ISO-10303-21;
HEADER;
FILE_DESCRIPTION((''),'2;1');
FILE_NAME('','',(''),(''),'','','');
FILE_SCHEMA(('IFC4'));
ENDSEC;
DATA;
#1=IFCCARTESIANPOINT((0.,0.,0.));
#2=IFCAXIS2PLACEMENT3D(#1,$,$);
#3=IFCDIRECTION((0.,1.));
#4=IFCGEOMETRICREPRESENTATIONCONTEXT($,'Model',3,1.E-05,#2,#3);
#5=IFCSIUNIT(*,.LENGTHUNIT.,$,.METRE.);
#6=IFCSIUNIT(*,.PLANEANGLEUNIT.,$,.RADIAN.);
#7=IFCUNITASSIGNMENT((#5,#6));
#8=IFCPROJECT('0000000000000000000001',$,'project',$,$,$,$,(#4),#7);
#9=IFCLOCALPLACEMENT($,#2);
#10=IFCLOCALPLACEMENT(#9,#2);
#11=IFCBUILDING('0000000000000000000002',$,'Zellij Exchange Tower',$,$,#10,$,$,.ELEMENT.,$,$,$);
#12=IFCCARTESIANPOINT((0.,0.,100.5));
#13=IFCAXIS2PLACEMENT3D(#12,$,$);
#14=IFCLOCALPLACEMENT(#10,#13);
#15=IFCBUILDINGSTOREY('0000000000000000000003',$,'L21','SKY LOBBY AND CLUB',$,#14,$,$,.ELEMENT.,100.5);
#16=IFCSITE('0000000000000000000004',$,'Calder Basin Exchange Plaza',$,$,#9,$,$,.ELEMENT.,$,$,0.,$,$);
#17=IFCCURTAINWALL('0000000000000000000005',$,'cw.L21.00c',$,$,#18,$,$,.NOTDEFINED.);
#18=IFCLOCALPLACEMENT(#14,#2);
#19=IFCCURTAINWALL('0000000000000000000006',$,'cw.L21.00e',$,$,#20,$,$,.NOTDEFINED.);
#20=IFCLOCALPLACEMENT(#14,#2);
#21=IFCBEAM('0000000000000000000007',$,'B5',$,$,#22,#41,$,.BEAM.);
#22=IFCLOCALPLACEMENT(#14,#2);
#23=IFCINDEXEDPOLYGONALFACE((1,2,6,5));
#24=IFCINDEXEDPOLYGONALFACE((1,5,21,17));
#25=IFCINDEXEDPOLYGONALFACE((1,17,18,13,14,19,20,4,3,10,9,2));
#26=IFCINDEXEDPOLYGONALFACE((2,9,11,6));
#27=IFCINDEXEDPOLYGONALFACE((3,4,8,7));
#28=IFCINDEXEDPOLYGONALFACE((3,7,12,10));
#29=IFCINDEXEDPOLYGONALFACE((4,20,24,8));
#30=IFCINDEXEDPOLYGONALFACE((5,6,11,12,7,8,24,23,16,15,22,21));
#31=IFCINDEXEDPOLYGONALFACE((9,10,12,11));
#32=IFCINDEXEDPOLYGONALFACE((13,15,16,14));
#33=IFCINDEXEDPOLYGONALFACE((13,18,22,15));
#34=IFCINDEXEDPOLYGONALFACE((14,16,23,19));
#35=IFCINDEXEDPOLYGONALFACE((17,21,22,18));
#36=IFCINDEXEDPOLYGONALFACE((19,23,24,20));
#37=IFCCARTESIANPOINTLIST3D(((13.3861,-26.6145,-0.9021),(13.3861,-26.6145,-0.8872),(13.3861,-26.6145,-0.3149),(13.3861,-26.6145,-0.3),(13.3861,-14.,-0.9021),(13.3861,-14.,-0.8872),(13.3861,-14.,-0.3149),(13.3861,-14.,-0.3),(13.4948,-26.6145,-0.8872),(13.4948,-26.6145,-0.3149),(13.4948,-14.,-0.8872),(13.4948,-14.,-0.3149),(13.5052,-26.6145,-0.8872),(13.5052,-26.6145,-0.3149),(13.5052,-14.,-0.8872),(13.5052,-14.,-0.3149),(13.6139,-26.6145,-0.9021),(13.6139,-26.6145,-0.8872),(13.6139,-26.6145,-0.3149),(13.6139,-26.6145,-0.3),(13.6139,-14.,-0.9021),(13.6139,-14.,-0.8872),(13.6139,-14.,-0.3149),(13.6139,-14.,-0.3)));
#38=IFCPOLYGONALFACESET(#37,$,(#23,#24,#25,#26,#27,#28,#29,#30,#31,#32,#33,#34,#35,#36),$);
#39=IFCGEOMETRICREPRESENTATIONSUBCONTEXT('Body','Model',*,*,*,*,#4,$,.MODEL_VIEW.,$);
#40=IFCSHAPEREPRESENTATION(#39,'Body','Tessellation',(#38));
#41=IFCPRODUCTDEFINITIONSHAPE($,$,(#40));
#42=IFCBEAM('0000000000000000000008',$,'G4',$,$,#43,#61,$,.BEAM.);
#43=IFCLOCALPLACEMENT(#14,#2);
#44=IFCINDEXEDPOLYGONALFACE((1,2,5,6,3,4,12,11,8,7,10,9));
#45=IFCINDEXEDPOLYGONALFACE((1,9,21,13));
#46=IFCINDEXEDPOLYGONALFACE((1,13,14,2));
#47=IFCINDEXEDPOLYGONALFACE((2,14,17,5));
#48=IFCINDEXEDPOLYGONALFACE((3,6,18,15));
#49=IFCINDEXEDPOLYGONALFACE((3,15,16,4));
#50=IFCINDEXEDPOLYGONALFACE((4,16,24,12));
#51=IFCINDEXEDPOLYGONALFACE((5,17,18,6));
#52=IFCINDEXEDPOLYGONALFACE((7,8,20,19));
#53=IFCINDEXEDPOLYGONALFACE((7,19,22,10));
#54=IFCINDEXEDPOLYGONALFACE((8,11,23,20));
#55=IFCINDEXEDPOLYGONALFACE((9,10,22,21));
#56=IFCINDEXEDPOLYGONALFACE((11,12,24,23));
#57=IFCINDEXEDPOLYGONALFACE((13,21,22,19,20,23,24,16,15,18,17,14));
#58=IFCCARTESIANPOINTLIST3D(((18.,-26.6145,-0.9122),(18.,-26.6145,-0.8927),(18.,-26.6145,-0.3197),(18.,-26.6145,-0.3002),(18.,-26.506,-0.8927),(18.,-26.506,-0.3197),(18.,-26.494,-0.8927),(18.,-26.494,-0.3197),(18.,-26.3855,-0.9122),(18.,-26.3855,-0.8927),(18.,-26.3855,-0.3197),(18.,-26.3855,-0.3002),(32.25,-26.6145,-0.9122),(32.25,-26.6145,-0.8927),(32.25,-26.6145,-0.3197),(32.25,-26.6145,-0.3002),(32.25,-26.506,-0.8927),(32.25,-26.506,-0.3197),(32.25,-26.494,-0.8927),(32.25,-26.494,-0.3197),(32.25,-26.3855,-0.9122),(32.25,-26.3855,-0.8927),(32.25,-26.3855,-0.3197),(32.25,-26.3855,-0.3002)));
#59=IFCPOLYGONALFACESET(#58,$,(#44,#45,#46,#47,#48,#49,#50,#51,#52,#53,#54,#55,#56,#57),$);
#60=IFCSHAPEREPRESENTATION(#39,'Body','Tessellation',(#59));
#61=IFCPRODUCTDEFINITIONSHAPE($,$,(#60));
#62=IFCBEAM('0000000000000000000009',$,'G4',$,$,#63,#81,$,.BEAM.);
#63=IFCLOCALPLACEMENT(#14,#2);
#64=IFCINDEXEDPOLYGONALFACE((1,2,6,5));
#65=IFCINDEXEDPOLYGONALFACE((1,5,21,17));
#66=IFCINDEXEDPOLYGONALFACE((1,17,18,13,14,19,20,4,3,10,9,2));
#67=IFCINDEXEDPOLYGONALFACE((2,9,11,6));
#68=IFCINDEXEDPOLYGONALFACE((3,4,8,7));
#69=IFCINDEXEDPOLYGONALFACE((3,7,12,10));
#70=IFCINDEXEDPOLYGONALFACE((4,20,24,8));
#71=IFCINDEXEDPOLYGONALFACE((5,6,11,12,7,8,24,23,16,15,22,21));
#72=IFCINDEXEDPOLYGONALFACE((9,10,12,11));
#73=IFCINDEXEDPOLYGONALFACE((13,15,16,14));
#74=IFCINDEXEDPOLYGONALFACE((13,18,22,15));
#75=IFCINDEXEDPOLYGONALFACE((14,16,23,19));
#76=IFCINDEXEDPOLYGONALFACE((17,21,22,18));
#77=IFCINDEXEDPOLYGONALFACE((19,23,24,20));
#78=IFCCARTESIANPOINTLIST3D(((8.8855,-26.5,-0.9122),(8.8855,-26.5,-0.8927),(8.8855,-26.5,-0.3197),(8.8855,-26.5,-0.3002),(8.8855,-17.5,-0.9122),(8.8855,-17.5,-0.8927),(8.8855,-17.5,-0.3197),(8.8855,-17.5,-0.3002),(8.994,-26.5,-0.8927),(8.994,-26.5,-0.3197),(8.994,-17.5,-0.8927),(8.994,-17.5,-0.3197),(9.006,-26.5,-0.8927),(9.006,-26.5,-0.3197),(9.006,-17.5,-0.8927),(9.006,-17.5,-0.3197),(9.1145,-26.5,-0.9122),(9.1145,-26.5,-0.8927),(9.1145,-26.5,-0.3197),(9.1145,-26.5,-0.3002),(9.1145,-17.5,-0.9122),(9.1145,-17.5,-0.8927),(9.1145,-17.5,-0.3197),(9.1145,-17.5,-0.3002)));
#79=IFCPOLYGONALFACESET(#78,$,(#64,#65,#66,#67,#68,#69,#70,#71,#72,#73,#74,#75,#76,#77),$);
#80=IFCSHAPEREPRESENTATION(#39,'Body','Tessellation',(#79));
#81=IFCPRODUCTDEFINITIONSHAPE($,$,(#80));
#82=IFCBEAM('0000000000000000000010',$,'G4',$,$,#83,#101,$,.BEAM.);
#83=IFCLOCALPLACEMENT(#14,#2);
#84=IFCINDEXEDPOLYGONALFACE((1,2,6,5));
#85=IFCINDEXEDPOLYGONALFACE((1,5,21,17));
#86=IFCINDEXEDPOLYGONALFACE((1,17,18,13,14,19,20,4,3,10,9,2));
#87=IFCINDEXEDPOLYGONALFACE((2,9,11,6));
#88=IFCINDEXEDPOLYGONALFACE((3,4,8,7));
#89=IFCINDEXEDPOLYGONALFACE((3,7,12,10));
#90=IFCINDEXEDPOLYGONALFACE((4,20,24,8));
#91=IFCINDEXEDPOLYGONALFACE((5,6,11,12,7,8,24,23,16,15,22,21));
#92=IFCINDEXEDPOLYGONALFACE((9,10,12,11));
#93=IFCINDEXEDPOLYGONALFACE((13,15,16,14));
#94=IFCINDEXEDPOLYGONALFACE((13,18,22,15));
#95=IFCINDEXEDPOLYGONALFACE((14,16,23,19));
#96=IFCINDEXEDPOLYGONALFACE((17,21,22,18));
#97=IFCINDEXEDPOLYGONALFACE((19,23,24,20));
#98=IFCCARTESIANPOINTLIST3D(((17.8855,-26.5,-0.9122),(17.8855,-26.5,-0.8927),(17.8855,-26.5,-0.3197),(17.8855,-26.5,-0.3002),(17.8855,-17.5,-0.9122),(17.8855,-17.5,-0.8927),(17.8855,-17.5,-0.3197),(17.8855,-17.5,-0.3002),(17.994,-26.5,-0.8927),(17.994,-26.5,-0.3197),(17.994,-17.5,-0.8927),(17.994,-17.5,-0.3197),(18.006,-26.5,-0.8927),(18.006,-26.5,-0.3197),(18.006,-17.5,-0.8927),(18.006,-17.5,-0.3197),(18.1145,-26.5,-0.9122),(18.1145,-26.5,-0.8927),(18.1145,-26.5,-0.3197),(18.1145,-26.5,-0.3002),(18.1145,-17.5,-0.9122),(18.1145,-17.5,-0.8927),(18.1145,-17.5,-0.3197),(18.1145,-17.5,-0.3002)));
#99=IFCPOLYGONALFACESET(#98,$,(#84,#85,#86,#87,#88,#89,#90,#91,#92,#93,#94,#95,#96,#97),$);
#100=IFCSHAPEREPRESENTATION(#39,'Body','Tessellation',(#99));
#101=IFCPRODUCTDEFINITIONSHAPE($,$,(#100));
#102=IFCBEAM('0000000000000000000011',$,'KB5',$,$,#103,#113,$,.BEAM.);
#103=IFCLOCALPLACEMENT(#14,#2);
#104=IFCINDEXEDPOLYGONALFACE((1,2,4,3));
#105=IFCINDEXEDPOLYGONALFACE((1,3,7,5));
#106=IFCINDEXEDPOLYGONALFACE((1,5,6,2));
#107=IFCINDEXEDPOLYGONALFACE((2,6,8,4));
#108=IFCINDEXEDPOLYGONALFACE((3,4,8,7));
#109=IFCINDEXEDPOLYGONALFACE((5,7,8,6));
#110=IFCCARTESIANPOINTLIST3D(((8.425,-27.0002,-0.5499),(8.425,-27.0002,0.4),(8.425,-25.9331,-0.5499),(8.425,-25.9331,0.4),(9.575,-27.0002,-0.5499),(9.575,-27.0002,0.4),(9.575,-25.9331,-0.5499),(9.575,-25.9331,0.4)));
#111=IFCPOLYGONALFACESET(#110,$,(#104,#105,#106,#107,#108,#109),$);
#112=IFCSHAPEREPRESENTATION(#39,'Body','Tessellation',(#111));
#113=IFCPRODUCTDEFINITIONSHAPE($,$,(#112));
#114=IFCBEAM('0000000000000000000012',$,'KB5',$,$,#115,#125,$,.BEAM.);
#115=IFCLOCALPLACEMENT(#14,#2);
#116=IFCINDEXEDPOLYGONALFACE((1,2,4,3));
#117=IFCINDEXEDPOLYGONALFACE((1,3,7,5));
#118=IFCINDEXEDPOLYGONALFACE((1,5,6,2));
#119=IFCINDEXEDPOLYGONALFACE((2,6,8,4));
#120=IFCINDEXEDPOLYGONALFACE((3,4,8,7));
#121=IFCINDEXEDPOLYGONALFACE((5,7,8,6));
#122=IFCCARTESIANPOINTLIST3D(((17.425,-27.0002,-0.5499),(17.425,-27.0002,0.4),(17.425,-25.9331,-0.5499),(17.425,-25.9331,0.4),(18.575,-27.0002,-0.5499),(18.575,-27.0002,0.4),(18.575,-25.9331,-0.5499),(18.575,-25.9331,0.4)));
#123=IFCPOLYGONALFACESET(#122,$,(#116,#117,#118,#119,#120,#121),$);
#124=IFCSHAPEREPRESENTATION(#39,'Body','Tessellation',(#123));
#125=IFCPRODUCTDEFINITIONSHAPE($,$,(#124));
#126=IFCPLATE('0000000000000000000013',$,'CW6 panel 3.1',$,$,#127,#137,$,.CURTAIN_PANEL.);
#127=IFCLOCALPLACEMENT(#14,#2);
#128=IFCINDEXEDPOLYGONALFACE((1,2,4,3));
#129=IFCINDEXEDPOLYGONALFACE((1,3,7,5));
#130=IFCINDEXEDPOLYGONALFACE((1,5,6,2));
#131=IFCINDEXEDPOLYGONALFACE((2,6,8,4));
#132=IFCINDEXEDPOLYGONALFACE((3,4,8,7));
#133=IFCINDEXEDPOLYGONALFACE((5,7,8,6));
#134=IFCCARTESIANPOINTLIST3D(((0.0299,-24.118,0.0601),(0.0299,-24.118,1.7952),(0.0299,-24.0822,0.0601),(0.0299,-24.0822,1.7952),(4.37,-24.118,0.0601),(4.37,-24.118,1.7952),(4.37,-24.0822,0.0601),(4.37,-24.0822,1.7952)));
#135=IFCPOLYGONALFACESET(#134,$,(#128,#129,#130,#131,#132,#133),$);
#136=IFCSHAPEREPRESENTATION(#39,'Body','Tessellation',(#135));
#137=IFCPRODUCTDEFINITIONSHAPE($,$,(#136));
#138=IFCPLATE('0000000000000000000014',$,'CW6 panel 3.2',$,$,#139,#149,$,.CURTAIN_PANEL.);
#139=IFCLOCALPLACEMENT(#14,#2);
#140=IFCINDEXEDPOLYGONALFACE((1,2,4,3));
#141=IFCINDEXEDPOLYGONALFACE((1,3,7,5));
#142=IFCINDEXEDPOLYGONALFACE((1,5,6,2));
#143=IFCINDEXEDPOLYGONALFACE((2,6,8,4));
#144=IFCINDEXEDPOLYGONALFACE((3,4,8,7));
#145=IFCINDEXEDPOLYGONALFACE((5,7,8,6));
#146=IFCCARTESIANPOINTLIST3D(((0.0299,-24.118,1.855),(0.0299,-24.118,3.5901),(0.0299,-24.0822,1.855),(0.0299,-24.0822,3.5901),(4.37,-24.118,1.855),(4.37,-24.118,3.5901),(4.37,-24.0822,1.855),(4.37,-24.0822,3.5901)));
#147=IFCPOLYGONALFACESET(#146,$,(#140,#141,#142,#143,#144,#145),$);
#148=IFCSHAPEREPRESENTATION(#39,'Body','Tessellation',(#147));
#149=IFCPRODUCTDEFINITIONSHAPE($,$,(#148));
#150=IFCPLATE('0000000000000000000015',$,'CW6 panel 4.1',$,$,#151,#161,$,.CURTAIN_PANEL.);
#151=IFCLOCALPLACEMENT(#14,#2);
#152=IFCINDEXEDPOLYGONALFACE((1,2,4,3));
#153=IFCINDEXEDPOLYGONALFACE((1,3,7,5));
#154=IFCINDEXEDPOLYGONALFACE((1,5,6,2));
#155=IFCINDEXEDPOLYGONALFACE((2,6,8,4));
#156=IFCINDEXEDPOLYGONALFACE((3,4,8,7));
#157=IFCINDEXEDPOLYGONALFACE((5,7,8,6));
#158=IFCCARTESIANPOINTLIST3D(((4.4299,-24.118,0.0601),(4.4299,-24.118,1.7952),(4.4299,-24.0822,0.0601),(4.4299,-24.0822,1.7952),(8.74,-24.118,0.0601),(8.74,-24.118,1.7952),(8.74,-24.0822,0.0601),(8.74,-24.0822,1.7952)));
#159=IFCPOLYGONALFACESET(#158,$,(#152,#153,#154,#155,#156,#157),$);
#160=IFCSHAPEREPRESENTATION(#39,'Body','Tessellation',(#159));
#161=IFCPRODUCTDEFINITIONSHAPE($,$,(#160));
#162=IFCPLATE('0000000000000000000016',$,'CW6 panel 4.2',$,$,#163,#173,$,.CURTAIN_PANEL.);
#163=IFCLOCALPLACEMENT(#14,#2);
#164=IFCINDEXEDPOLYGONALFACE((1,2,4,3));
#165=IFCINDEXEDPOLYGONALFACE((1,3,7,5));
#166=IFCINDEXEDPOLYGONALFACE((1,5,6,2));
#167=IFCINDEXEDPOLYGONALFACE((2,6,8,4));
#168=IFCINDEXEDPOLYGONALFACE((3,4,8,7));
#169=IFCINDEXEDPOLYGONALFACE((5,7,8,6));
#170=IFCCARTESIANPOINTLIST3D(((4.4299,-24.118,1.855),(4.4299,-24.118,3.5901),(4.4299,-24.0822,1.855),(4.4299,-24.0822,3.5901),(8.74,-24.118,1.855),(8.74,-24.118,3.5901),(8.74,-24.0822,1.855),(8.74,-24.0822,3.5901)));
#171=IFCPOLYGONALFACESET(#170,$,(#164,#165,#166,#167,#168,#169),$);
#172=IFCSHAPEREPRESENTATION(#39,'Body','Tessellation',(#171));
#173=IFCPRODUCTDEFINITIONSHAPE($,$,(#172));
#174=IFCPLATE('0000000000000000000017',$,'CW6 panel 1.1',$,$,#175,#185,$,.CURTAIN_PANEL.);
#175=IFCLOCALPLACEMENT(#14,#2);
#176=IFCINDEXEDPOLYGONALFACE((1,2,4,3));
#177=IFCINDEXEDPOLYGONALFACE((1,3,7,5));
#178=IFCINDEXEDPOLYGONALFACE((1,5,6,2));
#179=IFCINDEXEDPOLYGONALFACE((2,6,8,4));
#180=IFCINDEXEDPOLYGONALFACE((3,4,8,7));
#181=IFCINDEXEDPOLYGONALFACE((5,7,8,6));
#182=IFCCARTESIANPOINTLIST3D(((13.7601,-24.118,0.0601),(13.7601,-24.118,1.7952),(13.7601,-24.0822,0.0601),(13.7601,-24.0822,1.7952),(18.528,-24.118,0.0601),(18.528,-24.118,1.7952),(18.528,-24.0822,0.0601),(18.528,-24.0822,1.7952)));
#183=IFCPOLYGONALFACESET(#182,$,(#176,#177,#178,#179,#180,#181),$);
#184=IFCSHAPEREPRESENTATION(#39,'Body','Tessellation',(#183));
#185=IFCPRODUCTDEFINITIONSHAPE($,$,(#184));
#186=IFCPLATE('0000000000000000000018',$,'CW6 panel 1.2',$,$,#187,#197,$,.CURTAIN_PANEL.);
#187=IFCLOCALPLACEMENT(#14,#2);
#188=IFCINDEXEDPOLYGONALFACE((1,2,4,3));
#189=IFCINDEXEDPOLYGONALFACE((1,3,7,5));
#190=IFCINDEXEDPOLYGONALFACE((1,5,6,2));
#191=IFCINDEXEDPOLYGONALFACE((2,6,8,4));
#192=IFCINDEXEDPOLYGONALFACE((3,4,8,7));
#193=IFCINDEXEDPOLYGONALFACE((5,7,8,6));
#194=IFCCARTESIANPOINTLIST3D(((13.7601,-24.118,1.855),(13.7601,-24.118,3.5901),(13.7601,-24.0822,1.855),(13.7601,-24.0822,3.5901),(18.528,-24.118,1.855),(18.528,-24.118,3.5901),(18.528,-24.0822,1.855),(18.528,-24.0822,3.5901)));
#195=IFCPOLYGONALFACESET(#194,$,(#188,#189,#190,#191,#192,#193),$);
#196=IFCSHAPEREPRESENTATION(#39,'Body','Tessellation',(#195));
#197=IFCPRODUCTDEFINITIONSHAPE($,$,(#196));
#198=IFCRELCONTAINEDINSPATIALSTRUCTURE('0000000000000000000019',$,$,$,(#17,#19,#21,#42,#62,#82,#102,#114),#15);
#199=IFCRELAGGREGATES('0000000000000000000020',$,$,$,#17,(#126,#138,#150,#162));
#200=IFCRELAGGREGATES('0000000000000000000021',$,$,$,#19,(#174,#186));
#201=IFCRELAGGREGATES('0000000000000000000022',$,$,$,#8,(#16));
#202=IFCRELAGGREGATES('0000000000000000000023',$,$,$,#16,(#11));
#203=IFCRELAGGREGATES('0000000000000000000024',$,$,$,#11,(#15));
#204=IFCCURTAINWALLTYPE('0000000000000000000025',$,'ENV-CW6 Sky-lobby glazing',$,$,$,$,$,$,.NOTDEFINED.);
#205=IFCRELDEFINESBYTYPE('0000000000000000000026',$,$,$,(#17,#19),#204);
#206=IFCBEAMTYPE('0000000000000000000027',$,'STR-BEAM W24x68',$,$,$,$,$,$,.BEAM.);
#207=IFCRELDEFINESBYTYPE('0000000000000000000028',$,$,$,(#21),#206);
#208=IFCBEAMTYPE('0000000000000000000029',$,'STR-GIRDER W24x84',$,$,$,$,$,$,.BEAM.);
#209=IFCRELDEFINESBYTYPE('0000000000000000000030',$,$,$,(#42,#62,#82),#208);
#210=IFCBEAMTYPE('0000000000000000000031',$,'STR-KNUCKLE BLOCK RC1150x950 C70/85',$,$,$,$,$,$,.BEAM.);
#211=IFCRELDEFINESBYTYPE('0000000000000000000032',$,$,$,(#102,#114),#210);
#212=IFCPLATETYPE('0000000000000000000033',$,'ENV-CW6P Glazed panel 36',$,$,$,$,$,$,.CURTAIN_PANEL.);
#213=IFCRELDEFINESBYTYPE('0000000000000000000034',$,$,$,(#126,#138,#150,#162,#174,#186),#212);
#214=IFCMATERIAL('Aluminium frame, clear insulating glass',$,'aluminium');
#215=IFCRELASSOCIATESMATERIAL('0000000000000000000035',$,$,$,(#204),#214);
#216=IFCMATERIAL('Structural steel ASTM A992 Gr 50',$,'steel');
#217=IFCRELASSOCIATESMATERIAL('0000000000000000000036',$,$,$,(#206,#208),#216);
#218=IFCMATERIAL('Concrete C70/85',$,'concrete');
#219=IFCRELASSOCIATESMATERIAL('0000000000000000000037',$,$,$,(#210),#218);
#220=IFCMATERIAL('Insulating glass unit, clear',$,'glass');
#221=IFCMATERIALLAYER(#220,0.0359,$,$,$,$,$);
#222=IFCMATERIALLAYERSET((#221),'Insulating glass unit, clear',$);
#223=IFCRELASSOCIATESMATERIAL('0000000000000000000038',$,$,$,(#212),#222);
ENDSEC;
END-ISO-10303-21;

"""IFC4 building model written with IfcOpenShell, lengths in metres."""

from ifc_helpers import new_model, si_unit, direction, frame, origin, origin_2d, place, context, subcontext, project, spatial, rectangle, i_section, extrude, material, layer, layer_set, material_profile, profile_set, type_object, element, aggregate, save


model = new_model("IFC4")

# Units and contexts
model_context = context("Model", 3, precision=1e-05, world=origin(), true_north=direction((0.0, 1.0)))
body_context = subcontext(model_context, "Body", "Model", "MODEL_VIEW")
ifc_project = project(units=[si_unit("LENGTHUNIT", "METRE"), si_unit("PLANEANGLEUNIT", "RADIAN")], contexts=[model_context])

# Site, building, storey
site_placement = place(None, origin())
site = spatial("IfcSite", under=ifc_project, at=site_placement, Name="Calder Basin Exchange Plaza", CompositionType="ELEMENT", RefElevation=0.0)
building_placement = place(site_placement, origin())
building = spatial("IfcBuilding", under=site, at=building_placement, Name="Zellij Exchange Tower", CompositionType="ELEMENT")
storey_placement = place(building_placement, frame((0.0, 0.0, 100.5)))
storey = spatial("IfcBuildingStorey", under=building, at=storey_placement, Name="L21", Description="SKY LOBBY AND CLUB", CompositionType="ELEMENT", Elevation=100.5)

# Shared definitions
ifc_material_1 = material(Name="Concrete C70/85", Category="concrete")

# Curtain wall
ifc_material_2 = material(Name="Aluminium frame, clear insulating glass", Category="aluminium")
curtain_wall_type = type_object("IfcCurtainWallType", Name="ENV-CW6 Sky-lobby glazing", PredefinedType="NOTDEFINED", material=ifc_material_2)
curtain_wall_1_placement = place(storey_placement, origin())
curtain_wall_1 = element("IfcCurtainWall", 1, at=curtain_wall_1_placement, inside=storey, type_object=curtain_wall_type, Name="cw.L21.00c", PredefinedType="NOTDEFINED")

# Curtain wall
curtain_wall_2_placement = place(storey_placement, origin())
curtain_wall_2 = element("IfcCurtainWall", 2, at=curtain_wall_2_placement, inside=storey, type_object=curtain_wall_type, Name="cw.L21.00e", PredefinedType="NOTDEFINED")

# Beams
ifc_material_3 = material(Name="Structural steel ASTM A992 Gr 50", Category="steel")
ifc_material_profile_1 = material_profile(ifc_material_3, i_section(OverallWidth=0.2278, OverallDepth=0.6021, WebThickness=0.0105, FlangeThickness=0.0149, at=origin_2d()), Name="W24x68")
ifc_profile_set_1 = profile_set([ifc_material_profile_1], Name="Structural steel ASTM A992 Gr 50")
beam_type_1 = type_object("IfcBeamType", Name="STR-BEAM W24x68", PredefinedType="BEAM", material=ifc_profile_set_1)
for number, where, z_axis, x_axis, name in (
    (3, (13.5, -26.6145, -0.6011), (0.0, 1.0, 0.0), (-1.0, 0.0, 0.0), "B5"),
):
    element("IfcBeam", number, at=place(storey_placement, frame(where, z_axis=z_axis, x_axis=x_axis)), inside=storey, type_object=beam_type_1, Name=name, PredefinedType="BEAM", context=body_context, shape_type="SweptSolid", body=[
        extrude(i_section(OverallWidth=0.2278, OverallDepth=0.6021, WebThickness=0.0105, FlangeThickness=0.0149, at=origin_2d()), origin(), (0.0, 0.0, 1.0), 12.6145),
    ])
ifc_material_profile_2 = material_profile(ifc_material_3, i_section(OverallWidth=0.229, OverallDepth=0.6121, WebThickness=0.012, FlangeThickness=0.0195, at=origin_2d()), Name="W24x84")
ifc_profile_set_2 = profile_set([ifc_material_profile_2], Name="Structural steel ASTM A992 Gr 50")
beam_type_2 = type_object("IfcBeamType", Name="STR-GIRDER W24x84", PredefinedType="BEAM", material=ifc_profile_set_2)
beam_placement = place(storey_placement, frame((18.0, -26.5, -0.6062), z_axis=(1.0, 0.0, 0.0), x_axis=(0.0, 1.0, 0.0)))
element("IfcBeam", 4, at=beam_placement, inside=storey, type_object=beam_type_2, Name="G4", PredefinedType="BEAM", context=body_context, shape_type="SweptSolid", body=[
    extrude(i_section(OverallWidth=0.229, OverallDepth=0.6121, WebThickness=0.012, FlangeThickness=0.0195, at=origin_2d()), origin(), (0.0, 0.0, 1.0), 14.25),
])
for number, where, z_axis, x_axis, name in (
    (5, (9.0, -26.5, -0.6062), (0.0, 1.0, 0.0), (-1.0, 0.0, 0.0), "G4"),
    (6, (18.0, -26.5, -0.6062), (0.0, 1.0, 0.0), (-1.0, 0.0, 0.0), "G4"),
):
    element("IfcBeam", number, at=place(storey_placement, frame(where, z_axis=z_axis, x_axis=x_axis)), inside=storey, type_object=beam_type_2, Name=name, PredefinedType="BEAM", context=body_context, shape_type="SweptSolid", body=[
        extrude(i_section(OverallWidth=0.229, OverallDepth=0.6121, WebThickness=0.012, FlangeThickness=0.0195, at=origin_2d()), origin(), (0.0, 0.0, 1.0), 9.0),
    ])
ifc_material_profile_3 = material_profile(ifc_material_1, rectangle(XDim=1.1499, YDim=0.95, at=origin_2d()), Name="STR-KNUCKLE BLOCK RC1150x950 C70/85")
ifc_profile_set_3 = profile_set([ifc_material_profile_3], Name="Concrete C70/85")
beam_type_3 = type_object("IfcBeamType", Name="STR-KNUCKLE BLOCK RC1150x950 C70/85", PredefinedType="BEAM", material=ifc_profile_set_3)
for number, where, z_axis, x_axis, name in (
    (7, (9.0, -27.0002, -0.075), (0.0, 1.0, 0.0), (-1.0, 0.0, 0.0), "KB5"),
    (8, (18.0, -27.0002, -0.075), (0.0, 1.0, 0.0), (-1.0, 0.0, 0.0), "KB5"),
):
    element("IfcBeam", number, at=place(storey_placement, frame(where, z_axis=z_axis, x_axis=x_axis)), inside=storey, type_object=beam_type_3, Name=name, PredefinedType="BEAM", context=body_context, shape_type="SweptSolid", body=[
        extrude(rectangle(XDim=1.1499, YDim=0.95, at=origin_2d()), origin(), (0.0, 0.0, 1.0), 1.0671),
    ])

# Plates
ifc_material_4 = material(Name="Insulating glass unit, clear", Category="glass")
ifc_layer_1 = layer(ifc_material_4, 0.0359)
ifc_layer_set_1 = layer_set([ifc_layer_1], Name="Insulating glass unit, clear")
plate_type = type_object("IfcPlateType", Name="ENV-CW6P Glazed panel 36", PredefinedType="CURTAIN_PANEL", material=ifc_layer_set_1)
plate_1_placement = place(storey_placement, frame((2.2, -24.1001, 0.0601), z_axis=(0.0, 0.0, 1.0), x_axis=(1.0, 0.0, 0.0)))
plate_1 = element("IfcPlate", 9, at=plate_1_placement, type_object=plate_type, Name="CW6 panel 3.1", PredefinedType="CURTAIN_PANEL", context=body_context, shape_type="SweptSolid", body=[
    extrude(rectangle(XDim=4.3401, YDim=0.0359, at=origin_2d()), origin(), (0.0, 0.0, 1.0), 1.7351),
])
plate_2_placement = place(storey_placement, frame((2.2, -24.1001, 1.855), z_axis=(0.0, 0.0, 1.0), x_axis=(1.0, 0.0, 0.0)))
plate_2 = element("IfcPlate", 10, at=plate_2_placement, type_object=plate_type, Name="CW6 panel 3.2", PredefinedType="CURTAIN_PANEL", context=body_context, shape_type="SweptSolid", body=[
    extrude(rectangle(XDim=4.3401, YDim=0.0359, at=origin_2d()), origin(), (0.0, 0.0, 1.0), 1.7351),
])
plate_3_placement = place(storey_placement, frame((6.585, -24.1001, 0.0601), z_axis=(0.0, 0.0, 1.0), x_axis=(1.0, 0.0, 0.0)))
plate_3 = element("IfcPlate", 11, at=plate_3_placement, type_object=plate_type, Name="CW6 panel 4.1", PredefinedType="CURTAIN_PANEL", context=body_context, shape_type="SweptSolid", body=[
    extrude(rectangle(XDim=4.3101, YDim=0.0359, at=origin_2d()), origin(), (0.0, 0.0, 1.0), 1.7351),
])
plate_4_placement = place(storey_placement, frame((6.585, -24.1001, 1.855), z_axis=(0.0, 0.0, 1.0), x_axis=(1.0, 0.0, 0.0)))
plate_4 = element("IfcPlate", 12, at=plate_4_placement, type_object=plate_type, Name="CW6 panel 4.2", PredefinedType="CURTAIN_PANEL", context=body_context, shape_type="SweptSolid", body=[
    extrude(rectangle(XDim=4.3101, YDim=0.0359, at=origin_2d()), origin(), (0.0, 0.0, 1.0), 1.7351),
])
aggregate(curtain_wall_1, [plate_1, plate_2, plate_3, plate_4])
plate_5_placement = place(storey_placement, frame((16.144, -24.1001, 0.0601), z_axis=(0.0, 0.0, 1.0), x_axis=(1.0, 0.0, 0.0)))
plate_5 = element("IfcPlate", 13, at=plate_5_placement, type_object=plate_type, Name="CW6 panel 1.1", PredefinedType="CURTAIN_PANEL", context=body_context, shape_type="SweptSolid", body=[
    extrude(rectangle(XDim=4.7678, YDim=0.0359, at=origin_2d()), origin(), (0.0, 0.0, 1.0), 1.7351),
])
plate_6_placement = place(storey_placement, frame((16.144, -24.1001, 1.855), z_axis=(0.0, 0.0, 1.0), x_axis=(1.0, 0.0, 0.0)))
plate_6 = element("IfcPlate", 14, at=plate_6_placement, type_object=plate_type, Name="CW6 panel 1.2", PredefinedType="CURTAIN_PANEL", context=body_context, shape_type="SweptSolid", body=[
    extrude(rectangle(XDim=4.7678, YDim=0.0359, at=origin_2d()), origin(), (0.0, 0.0, 1.0), 1.7351),
])
aggregate(curtain_wall_2, [plate_5, plate_6])

save(model, "model.ifc")
